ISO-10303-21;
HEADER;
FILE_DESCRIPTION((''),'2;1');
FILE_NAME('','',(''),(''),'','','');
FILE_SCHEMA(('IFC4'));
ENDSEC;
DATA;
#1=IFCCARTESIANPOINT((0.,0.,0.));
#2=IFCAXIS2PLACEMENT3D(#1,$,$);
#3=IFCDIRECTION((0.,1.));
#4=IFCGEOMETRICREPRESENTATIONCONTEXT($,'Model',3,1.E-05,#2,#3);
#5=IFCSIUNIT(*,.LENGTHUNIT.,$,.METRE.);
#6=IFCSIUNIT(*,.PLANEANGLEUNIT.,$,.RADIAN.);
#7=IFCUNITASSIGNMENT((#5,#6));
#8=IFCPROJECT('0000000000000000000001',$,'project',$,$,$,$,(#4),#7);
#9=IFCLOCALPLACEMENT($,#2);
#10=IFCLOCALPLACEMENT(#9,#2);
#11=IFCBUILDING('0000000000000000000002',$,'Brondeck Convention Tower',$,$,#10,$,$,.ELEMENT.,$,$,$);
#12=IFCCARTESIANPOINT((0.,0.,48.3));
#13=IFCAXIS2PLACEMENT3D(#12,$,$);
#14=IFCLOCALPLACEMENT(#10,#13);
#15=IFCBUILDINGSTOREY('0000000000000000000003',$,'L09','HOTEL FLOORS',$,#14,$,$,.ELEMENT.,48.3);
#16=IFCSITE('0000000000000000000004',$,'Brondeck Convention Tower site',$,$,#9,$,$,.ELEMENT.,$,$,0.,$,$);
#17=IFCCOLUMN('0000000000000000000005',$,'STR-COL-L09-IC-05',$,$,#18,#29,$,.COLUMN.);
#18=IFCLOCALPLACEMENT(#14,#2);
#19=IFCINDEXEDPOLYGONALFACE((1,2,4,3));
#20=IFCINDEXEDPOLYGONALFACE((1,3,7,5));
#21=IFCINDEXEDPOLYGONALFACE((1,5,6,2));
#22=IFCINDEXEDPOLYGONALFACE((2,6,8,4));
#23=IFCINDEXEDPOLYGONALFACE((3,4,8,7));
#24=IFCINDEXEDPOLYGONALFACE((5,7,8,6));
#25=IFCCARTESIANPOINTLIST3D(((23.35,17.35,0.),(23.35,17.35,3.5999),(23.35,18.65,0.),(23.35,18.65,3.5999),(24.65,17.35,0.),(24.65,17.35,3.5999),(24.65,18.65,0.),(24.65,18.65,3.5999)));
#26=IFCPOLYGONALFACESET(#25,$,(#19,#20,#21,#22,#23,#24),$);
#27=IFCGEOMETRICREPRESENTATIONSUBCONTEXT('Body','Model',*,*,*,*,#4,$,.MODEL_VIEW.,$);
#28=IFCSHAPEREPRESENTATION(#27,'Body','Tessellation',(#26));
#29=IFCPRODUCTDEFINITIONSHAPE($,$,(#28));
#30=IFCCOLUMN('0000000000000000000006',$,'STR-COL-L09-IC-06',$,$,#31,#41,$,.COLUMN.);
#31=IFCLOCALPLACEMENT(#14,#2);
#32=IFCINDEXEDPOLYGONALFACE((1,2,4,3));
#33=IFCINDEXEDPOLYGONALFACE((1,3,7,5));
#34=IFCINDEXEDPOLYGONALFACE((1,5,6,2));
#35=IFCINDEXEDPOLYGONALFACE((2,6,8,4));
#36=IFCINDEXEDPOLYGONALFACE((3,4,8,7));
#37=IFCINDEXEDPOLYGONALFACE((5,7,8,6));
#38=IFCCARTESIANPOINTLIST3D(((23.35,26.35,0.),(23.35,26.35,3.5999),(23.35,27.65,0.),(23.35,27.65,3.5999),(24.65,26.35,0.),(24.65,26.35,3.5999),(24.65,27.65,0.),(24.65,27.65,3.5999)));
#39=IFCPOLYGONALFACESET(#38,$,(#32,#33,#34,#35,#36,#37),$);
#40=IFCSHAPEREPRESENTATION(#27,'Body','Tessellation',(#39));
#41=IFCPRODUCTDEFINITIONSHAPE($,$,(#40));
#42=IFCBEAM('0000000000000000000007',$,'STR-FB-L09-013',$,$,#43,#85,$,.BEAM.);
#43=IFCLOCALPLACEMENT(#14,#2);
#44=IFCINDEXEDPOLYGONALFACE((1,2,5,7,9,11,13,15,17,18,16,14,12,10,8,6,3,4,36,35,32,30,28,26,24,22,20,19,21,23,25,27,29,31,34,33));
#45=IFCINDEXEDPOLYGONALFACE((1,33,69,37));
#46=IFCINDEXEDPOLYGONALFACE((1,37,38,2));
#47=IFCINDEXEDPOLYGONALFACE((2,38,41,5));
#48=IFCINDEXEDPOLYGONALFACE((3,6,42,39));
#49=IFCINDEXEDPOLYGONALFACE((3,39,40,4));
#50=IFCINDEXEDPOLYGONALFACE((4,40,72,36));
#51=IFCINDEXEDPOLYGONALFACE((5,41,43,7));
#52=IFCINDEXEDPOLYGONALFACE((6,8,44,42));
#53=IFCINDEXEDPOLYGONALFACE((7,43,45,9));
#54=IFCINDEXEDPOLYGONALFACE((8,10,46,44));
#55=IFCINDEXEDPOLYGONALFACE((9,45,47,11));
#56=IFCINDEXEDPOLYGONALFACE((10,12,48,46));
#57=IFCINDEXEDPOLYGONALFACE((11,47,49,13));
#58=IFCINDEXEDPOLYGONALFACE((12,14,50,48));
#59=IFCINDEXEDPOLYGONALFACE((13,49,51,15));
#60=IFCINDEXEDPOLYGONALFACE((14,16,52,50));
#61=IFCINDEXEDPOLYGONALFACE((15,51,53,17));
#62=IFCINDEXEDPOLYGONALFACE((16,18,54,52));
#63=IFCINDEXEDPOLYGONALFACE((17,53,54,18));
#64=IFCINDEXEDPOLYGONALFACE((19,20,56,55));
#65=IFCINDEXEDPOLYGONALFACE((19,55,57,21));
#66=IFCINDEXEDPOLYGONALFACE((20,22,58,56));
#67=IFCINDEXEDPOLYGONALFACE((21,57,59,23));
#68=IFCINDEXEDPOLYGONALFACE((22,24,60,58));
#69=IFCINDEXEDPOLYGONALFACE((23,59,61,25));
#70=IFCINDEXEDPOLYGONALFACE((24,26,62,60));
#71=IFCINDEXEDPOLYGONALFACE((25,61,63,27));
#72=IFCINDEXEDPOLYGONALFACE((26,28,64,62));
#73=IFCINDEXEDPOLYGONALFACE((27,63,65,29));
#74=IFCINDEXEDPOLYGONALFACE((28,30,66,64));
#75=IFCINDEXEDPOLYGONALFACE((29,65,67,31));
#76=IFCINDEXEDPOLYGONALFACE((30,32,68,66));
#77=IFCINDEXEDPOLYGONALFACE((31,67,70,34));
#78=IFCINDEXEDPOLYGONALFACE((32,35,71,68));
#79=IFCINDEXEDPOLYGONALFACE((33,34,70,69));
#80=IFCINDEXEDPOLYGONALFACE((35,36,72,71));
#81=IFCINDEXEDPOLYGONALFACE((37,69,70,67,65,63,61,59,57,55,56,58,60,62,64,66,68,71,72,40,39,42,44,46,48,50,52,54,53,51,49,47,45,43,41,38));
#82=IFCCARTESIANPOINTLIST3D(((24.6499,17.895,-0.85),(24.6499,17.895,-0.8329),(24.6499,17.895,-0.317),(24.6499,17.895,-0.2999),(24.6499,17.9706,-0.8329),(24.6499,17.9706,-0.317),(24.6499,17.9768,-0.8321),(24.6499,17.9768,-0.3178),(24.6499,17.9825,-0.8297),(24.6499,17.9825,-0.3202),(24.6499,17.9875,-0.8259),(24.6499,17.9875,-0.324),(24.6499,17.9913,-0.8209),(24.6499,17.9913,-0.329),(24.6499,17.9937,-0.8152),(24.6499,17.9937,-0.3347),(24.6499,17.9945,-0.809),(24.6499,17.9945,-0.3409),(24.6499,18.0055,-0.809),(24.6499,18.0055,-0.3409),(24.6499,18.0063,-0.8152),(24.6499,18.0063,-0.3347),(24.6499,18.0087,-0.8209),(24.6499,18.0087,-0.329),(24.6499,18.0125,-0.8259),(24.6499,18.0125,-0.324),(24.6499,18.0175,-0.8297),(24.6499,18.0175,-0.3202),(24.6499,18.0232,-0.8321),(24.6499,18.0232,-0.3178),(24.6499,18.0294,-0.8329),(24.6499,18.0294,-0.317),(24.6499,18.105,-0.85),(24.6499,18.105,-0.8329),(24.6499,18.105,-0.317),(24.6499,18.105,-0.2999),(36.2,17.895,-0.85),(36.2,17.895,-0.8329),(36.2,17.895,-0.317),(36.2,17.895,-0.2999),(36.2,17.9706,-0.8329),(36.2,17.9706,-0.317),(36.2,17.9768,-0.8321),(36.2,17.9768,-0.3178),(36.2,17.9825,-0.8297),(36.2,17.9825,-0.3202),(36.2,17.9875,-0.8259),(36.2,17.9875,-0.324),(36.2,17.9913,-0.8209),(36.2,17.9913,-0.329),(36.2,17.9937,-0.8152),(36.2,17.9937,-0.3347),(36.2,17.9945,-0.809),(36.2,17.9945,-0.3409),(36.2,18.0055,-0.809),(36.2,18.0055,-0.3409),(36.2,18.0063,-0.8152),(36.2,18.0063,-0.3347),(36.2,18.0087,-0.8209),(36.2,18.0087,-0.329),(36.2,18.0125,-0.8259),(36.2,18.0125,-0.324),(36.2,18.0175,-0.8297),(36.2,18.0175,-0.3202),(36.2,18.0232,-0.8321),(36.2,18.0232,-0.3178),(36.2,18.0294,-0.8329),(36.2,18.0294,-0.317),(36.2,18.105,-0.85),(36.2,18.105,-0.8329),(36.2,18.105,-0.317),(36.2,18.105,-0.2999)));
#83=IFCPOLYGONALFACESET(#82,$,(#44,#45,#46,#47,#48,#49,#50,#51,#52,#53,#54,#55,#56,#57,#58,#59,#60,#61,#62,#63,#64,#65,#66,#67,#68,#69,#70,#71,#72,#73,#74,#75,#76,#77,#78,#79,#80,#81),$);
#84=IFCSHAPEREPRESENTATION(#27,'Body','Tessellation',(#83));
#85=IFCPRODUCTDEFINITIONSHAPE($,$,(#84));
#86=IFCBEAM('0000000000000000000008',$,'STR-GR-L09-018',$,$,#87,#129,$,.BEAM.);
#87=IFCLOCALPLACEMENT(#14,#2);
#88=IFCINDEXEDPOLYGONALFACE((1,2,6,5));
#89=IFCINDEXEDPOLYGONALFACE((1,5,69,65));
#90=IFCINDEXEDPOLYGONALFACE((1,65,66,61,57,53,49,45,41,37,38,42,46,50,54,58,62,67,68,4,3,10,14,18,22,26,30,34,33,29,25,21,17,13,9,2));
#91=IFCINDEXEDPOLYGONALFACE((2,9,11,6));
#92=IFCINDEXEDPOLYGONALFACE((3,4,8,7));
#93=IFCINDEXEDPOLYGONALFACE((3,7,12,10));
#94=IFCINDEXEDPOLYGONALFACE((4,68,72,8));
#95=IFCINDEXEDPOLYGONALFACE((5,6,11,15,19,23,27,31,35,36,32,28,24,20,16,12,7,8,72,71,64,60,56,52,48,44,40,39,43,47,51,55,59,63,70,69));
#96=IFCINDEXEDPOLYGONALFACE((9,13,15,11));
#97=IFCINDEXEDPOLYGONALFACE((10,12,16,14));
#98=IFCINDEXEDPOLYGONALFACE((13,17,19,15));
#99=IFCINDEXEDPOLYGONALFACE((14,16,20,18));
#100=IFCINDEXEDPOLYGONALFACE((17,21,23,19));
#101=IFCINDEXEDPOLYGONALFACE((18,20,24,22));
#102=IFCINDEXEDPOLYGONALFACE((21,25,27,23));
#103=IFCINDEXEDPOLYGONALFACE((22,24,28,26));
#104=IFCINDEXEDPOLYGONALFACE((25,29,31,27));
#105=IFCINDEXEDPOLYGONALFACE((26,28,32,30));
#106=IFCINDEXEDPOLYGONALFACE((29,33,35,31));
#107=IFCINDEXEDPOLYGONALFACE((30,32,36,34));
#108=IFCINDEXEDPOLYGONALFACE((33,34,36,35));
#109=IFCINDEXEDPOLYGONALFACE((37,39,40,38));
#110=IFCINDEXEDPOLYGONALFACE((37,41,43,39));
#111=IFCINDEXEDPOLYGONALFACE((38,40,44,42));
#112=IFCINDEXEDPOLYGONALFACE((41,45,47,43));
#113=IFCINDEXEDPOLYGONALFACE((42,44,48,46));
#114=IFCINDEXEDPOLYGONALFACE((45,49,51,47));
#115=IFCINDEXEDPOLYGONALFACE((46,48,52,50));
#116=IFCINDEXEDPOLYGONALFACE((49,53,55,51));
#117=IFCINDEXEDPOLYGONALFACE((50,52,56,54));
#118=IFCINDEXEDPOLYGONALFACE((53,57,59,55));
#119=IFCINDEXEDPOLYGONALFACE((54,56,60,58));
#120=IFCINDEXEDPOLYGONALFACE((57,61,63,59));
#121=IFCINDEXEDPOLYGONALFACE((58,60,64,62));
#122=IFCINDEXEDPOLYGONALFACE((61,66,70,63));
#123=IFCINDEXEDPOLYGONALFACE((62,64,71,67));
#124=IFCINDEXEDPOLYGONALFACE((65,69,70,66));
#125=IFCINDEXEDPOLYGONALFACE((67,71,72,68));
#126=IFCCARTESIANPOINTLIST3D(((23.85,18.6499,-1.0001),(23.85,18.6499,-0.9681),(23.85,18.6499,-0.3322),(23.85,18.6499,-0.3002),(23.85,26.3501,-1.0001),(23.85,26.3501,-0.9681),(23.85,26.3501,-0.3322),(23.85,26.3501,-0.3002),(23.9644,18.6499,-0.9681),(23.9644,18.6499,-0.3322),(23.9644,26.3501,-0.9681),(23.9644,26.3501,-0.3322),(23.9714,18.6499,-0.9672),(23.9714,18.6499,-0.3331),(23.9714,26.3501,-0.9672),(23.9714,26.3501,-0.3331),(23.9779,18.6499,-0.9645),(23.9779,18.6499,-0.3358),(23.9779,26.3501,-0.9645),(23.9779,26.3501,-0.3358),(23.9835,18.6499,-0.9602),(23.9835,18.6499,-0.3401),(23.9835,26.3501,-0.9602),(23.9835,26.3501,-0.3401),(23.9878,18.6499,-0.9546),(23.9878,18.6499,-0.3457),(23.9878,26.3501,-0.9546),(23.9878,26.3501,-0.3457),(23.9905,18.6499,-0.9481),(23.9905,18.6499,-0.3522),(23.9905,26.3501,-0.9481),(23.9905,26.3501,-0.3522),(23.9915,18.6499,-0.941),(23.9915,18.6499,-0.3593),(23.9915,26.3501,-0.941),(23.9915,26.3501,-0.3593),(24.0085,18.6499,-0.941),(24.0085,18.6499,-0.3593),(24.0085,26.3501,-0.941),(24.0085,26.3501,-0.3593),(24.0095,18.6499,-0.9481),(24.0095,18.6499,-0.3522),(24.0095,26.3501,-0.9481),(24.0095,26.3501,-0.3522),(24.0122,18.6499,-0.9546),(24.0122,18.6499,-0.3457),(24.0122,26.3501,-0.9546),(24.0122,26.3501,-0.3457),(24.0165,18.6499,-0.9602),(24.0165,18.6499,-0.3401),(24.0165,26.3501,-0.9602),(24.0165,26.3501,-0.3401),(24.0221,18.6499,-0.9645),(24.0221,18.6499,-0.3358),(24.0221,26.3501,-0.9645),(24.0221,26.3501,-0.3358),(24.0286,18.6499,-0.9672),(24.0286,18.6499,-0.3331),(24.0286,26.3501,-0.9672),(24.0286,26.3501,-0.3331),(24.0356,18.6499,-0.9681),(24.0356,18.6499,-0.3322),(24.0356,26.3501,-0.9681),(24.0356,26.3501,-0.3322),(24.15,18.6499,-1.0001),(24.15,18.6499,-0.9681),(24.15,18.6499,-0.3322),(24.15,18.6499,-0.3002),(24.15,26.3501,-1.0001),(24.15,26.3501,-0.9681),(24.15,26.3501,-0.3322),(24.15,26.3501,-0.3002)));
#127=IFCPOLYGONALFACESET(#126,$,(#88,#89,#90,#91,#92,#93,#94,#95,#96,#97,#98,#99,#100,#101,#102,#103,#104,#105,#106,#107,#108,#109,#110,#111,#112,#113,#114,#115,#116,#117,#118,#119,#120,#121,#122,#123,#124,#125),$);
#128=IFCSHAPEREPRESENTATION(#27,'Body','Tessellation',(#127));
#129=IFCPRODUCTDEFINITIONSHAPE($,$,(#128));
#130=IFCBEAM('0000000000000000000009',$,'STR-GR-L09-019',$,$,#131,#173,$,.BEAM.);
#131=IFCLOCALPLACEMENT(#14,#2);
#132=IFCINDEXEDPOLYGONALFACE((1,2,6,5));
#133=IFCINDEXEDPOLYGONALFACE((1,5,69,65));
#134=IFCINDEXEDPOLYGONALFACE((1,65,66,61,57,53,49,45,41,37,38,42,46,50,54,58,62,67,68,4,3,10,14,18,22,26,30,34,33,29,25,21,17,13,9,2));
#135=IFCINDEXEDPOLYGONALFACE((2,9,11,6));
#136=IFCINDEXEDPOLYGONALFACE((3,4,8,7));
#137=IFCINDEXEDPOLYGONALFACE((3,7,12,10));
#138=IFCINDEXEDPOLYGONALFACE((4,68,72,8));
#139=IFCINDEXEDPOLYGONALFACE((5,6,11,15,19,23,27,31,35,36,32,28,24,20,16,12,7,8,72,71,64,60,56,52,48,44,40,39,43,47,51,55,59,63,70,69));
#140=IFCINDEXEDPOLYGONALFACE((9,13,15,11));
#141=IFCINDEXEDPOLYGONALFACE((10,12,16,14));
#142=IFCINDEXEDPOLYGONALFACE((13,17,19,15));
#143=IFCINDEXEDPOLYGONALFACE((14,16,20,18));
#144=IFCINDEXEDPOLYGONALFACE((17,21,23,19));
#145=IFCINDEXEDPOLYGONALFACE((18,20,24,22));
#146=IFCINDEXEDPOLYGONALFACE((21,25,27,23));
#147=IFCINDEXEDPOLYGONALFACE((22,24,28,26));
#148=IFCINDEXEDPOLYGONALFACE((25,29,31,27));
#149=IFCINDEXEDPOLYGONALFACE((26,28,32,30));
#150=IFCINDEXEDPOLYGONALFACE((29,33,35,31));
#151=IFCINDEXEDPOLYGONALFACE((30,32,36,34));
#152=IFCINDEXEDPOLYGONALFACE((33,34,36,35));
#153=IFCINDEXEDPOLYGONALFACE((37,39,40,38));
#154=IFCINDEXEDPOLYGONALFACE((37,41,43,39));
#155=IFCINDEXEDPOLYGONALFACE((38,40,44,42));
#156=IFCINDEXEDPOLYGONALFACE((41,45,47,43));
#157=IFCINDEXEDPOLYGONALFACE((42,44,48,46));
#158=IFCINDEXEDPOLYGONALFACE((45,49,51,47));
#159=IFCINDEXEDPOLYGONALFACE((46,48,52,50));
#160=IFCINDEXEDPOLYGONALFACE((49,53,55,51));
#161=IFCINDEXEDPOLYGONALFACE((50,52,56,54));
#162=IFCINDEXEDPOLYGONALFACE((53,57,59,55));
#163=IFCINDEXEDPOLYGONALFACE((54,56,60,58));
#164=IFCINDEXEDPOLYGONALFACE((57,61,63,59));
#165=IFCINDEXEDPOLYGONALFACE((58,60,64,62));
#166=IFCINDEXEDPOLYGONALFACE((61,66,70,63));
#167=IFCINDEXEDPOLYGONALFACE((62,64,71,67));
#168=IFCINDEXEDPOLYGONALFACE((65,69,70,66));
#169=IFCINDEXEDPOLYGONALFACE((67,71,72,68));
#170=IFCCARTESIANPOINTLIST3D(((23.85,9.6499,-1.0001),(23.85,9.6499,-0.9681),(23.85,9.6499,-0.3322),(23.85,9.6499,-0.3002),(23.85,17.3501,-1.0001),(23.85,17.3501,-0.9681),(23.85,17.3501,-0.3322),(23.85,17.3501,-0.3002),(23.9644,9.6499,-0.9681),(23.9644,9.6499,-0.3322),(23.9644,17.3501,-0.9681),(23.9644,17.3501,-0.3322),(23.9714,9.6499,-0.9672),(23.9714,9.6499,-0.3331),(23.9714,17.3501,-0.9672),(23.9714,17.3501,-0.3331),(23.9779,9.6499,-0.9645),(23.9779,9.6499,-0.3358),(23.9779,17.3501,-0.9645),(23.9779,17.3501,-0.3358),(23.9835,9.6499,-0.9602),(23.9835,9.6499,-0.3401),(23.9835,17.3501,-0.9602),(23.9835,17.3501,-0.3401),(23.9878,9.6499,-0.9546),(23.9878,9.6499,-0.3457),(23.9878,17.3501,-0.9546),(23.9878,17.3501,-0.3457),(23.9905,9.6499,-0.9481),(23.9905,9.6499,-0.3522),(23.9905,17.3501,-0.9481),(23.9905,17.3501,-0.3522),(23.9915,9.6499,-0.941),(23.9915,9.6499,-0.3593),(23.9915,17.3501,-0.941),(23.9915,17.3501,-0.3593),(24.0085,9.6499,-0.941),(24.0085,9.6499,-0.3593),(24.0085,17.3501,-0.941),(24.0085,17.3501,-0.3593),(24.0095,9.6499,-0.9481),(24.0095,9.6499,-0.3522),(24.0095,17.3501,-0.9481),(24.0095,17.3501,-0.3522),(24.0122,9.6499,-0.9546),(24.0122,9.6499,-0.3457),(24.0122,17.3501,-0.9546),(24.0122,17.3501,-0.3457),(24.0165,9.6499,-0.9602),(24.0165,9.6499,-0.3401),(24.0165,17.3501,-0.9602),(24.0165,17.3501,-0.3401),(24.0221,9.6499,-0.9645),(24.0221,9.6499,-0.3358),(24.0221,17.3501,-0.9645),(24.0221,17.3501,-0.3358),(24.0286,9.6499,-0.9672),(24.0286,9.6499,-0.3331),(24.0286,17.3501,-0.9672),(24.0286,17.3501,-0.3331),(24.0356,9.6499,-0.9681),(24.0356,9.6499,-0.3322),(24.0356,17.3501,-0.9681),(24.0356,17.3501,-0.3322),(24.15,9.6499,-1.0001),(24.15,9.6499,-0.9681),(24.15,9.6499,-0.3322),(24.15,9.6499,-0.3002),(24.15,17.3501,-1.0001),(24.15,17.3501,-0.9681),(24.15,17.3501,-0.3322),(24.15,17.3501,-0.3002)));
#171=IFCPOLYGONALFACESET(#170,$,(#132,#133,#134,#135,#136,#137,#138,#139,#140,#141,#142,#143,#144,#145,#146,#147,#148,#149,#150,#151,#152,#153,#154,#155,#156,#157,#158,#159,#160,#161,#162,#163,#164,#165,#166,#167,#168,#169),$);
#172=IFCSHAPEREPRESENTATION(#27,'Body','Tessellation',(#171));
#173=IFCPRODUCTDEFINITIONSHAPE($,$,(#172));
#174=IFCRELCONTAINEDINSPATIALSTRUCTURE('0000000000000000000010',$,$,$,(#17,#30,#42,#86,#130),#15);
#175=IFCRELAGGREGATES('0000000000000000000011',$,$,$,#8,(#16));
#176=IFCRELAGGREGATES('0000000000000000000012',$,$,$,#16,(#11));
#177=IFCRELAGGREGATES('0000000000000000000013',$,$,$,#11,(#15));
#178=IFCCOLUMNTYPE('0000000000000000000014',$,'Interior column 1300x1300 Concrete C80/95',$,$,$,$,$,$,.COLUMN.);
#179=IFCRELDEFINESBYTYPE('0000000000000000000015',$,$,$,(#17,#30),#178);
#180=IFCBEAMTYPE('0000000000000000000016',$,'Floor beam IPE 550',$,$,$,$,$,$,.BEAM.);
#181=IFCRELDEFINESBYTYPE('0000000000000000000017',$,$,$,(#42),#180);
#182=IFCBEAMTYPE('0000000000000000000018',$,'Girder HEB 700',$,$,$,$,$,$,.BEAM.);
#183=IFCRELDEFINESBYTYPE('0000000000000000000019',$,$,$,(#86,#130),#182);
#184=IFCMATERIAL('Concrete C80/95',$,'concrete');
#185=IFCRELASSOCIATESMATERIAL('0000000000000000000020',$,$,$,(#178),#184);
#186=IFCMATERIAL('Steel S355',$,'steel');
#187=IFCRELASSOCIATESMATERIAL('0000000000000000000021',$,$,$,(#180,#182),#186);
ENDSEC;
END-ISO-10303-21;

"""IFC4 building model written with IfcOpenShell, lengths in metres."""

from ifc_helpers import new_model, si_unit, direction, frame, origin, origin_2d, place, context, subcontext, project, spatial, rectangle, i_section, extrude, material, material_profile, profile_set, type_object, element, save


model = new_model("IFC4")

# Units and contexts
model_context = context("Model", 3, precision=1e-05, world=origin(), true_north=direction((0.0, 1.0)))
body_context = subcontext(model_context, "Body", "Model", "MODEL_VIEW")
ifc_project = project(units=[si_unit("LENGTHUNIT", "METRE"), si_unit("PLANEANGLEUNIT", "RADIAN")], contexts=[model_context])

# Site, building, storey
site_placement = place(None, origin())
site = spatial("IfcSite", under=ifc_project, at=site_placement, Name="Brondeck Convention Tower site", CompositionType="ELEMENT", RefElevation=0.0)
building_placement = place(site_placement, origin())
building = spatial("IfcBuilding", under=site, at=building_placement, Name="Brondeck Convention Tower", CompositionType="ELEMENT")
storey_placement = place(building_placement, frame((0.0, 0.0, 48.3)))
storey = spatial("IfcBuildingStorey", under=building, at=storey_placement, Name="L09", Description="HOTEL FLOORS", CompositionType="ELEMENT", Elevation=48.3)

# Columns
ifc_material_1 = material(Name="Concrete C80/95", Category="concrete")
ifc_material_profile_1 = material_profile(ifc_material_1, rectangle(XDim=1.3, YDim=1.3, at=origin_2d()), Name="Interior column 1300x1300 Concrete C80/95")
ifc_profile_set_1 = profile_set([ifc_material_profile_1], Name="Concrete C80/95")
column_type = type_object("IfcColumnType", Name="Interior column 1300x1300 Concrete C80/95", PredefinedType="COLUMN", material=ifc_profile_set_1)
for number, where, z_axis, x_axis, name in (
    (1, (24.0, 18.0, 0.0), (0.0, 0.0, 1.0), (1.0, 0.0, 0.0), "STR-COL-L09-IC-05"),
    (2, (24.0, 27.0, 0.0), (0.0, 0.0, 1.0), (1.0, 0.0, 0.0), "STR-COL-L09-IC-06"),
):
    element("IfcColumn", number, at=place(storey_placement, frame(where, z_axis=z_axis, x_axis=x_axis)), inside=storey, type_object=column_type, Name=name, PredefinedType="COLUMN", context=body_context, shape_type="SweptSolid", body=[
        extrude(rectangle(XDim=1.3, YDim=1.3, at=origin_2d()), origin(), (0.0, 0.0, 1.0), 3.5999),
    ])

# Beams
ifc_material_2 = material(Name="Steel S355", Category="steel")
ifc_material_profile_2 = material_profile(ifc_material_2, i_section(OverallWidth=0.21, OverallDepth=0.55, WebThickness=0.011, FlangeThickness=0.0171, FilletRadius=0.0239, at=origin_2d()), Name="IPE 550")
ifc_profile_set_2 = profile_set([ifc_material_profile_2], Name="Steel S355")
beam_type_1 = type_object("IfcBeamType", Name="Floor beam IPE 550", PredefinedType="BEAM", material=ifc_profile_set_2)
beam_1_placement = place(storey_placement, frame((24.6499, 18.0, -0.575), z_axis=(1.0, 0.0, 0.0), x_axis=(0.0, 1.0, 0.0)))
element("IfcBeam", 3, at=beam_1_placement, inside=storey, type_object=beam_type_1, Name="STR-FB-L09-013", PredefinedType="BEAM", context=body_context, shape_type="SweptSolid", body=[
    extrude(i_section(OverallWidth=0.21, OverallDepth=0.55, WebThickness=0.011, FlangeThickness=0.0171, FilletRadius=0.0239, at=origin_2d()), origin(), (0.0, 0.0, 1.0), 11.55),
])
ifc_material_profile_3 = material_profile(ifc_material_2, i_section(OverallWidth=0.3, OverallDepth=0.7, WebThickness=0.0171, FlangeThickness=0.032, FilletRadius=0.0271, at=origin_2d()), Name="HEB 700")
ifc_profile_set_3 = profile_set([ifc_material_profile_3], Name="Steel S355")
beam_type_2 = type_object("IfcBeamType", Name="Girder HEB 700", PredefinedType="BEAM", material=ifc_profile_set_3)
for number, where, z_axis, x_axis, name in (
    (4, (24.0, 26.3501, -0.6501), (0.0, -1.0, 0.0), (1.0, 0.0, 0.0), "STR-GR-L09-018"),
    (5, (24.0, 17.3501, -0.6501), (0.0, -1.0, 0.0), (1.0, 0.0, 0.0), "STR-GR-L09-019"),
):
    element("IfcBeam", number, at=place(storey_placement, frame(where, z_axis=z_axis, x_axis=x_axis)), inside=storey, type_object=beam_type_2, Name=name, PredefinedType="BEAM", context=body_context, shape_type="SweptSolid", body=[
        extrude(i_section(OverallWidth=0.3, OverallDepth=0.7, WebThickness=0.0171, FlangeThickness=0.032, FilletRadius=0.0271, at=origin_2d()), origin(), (0.0, 0.0, 1.0), 7.7002),
    ])

save(model, "model.ifc")
